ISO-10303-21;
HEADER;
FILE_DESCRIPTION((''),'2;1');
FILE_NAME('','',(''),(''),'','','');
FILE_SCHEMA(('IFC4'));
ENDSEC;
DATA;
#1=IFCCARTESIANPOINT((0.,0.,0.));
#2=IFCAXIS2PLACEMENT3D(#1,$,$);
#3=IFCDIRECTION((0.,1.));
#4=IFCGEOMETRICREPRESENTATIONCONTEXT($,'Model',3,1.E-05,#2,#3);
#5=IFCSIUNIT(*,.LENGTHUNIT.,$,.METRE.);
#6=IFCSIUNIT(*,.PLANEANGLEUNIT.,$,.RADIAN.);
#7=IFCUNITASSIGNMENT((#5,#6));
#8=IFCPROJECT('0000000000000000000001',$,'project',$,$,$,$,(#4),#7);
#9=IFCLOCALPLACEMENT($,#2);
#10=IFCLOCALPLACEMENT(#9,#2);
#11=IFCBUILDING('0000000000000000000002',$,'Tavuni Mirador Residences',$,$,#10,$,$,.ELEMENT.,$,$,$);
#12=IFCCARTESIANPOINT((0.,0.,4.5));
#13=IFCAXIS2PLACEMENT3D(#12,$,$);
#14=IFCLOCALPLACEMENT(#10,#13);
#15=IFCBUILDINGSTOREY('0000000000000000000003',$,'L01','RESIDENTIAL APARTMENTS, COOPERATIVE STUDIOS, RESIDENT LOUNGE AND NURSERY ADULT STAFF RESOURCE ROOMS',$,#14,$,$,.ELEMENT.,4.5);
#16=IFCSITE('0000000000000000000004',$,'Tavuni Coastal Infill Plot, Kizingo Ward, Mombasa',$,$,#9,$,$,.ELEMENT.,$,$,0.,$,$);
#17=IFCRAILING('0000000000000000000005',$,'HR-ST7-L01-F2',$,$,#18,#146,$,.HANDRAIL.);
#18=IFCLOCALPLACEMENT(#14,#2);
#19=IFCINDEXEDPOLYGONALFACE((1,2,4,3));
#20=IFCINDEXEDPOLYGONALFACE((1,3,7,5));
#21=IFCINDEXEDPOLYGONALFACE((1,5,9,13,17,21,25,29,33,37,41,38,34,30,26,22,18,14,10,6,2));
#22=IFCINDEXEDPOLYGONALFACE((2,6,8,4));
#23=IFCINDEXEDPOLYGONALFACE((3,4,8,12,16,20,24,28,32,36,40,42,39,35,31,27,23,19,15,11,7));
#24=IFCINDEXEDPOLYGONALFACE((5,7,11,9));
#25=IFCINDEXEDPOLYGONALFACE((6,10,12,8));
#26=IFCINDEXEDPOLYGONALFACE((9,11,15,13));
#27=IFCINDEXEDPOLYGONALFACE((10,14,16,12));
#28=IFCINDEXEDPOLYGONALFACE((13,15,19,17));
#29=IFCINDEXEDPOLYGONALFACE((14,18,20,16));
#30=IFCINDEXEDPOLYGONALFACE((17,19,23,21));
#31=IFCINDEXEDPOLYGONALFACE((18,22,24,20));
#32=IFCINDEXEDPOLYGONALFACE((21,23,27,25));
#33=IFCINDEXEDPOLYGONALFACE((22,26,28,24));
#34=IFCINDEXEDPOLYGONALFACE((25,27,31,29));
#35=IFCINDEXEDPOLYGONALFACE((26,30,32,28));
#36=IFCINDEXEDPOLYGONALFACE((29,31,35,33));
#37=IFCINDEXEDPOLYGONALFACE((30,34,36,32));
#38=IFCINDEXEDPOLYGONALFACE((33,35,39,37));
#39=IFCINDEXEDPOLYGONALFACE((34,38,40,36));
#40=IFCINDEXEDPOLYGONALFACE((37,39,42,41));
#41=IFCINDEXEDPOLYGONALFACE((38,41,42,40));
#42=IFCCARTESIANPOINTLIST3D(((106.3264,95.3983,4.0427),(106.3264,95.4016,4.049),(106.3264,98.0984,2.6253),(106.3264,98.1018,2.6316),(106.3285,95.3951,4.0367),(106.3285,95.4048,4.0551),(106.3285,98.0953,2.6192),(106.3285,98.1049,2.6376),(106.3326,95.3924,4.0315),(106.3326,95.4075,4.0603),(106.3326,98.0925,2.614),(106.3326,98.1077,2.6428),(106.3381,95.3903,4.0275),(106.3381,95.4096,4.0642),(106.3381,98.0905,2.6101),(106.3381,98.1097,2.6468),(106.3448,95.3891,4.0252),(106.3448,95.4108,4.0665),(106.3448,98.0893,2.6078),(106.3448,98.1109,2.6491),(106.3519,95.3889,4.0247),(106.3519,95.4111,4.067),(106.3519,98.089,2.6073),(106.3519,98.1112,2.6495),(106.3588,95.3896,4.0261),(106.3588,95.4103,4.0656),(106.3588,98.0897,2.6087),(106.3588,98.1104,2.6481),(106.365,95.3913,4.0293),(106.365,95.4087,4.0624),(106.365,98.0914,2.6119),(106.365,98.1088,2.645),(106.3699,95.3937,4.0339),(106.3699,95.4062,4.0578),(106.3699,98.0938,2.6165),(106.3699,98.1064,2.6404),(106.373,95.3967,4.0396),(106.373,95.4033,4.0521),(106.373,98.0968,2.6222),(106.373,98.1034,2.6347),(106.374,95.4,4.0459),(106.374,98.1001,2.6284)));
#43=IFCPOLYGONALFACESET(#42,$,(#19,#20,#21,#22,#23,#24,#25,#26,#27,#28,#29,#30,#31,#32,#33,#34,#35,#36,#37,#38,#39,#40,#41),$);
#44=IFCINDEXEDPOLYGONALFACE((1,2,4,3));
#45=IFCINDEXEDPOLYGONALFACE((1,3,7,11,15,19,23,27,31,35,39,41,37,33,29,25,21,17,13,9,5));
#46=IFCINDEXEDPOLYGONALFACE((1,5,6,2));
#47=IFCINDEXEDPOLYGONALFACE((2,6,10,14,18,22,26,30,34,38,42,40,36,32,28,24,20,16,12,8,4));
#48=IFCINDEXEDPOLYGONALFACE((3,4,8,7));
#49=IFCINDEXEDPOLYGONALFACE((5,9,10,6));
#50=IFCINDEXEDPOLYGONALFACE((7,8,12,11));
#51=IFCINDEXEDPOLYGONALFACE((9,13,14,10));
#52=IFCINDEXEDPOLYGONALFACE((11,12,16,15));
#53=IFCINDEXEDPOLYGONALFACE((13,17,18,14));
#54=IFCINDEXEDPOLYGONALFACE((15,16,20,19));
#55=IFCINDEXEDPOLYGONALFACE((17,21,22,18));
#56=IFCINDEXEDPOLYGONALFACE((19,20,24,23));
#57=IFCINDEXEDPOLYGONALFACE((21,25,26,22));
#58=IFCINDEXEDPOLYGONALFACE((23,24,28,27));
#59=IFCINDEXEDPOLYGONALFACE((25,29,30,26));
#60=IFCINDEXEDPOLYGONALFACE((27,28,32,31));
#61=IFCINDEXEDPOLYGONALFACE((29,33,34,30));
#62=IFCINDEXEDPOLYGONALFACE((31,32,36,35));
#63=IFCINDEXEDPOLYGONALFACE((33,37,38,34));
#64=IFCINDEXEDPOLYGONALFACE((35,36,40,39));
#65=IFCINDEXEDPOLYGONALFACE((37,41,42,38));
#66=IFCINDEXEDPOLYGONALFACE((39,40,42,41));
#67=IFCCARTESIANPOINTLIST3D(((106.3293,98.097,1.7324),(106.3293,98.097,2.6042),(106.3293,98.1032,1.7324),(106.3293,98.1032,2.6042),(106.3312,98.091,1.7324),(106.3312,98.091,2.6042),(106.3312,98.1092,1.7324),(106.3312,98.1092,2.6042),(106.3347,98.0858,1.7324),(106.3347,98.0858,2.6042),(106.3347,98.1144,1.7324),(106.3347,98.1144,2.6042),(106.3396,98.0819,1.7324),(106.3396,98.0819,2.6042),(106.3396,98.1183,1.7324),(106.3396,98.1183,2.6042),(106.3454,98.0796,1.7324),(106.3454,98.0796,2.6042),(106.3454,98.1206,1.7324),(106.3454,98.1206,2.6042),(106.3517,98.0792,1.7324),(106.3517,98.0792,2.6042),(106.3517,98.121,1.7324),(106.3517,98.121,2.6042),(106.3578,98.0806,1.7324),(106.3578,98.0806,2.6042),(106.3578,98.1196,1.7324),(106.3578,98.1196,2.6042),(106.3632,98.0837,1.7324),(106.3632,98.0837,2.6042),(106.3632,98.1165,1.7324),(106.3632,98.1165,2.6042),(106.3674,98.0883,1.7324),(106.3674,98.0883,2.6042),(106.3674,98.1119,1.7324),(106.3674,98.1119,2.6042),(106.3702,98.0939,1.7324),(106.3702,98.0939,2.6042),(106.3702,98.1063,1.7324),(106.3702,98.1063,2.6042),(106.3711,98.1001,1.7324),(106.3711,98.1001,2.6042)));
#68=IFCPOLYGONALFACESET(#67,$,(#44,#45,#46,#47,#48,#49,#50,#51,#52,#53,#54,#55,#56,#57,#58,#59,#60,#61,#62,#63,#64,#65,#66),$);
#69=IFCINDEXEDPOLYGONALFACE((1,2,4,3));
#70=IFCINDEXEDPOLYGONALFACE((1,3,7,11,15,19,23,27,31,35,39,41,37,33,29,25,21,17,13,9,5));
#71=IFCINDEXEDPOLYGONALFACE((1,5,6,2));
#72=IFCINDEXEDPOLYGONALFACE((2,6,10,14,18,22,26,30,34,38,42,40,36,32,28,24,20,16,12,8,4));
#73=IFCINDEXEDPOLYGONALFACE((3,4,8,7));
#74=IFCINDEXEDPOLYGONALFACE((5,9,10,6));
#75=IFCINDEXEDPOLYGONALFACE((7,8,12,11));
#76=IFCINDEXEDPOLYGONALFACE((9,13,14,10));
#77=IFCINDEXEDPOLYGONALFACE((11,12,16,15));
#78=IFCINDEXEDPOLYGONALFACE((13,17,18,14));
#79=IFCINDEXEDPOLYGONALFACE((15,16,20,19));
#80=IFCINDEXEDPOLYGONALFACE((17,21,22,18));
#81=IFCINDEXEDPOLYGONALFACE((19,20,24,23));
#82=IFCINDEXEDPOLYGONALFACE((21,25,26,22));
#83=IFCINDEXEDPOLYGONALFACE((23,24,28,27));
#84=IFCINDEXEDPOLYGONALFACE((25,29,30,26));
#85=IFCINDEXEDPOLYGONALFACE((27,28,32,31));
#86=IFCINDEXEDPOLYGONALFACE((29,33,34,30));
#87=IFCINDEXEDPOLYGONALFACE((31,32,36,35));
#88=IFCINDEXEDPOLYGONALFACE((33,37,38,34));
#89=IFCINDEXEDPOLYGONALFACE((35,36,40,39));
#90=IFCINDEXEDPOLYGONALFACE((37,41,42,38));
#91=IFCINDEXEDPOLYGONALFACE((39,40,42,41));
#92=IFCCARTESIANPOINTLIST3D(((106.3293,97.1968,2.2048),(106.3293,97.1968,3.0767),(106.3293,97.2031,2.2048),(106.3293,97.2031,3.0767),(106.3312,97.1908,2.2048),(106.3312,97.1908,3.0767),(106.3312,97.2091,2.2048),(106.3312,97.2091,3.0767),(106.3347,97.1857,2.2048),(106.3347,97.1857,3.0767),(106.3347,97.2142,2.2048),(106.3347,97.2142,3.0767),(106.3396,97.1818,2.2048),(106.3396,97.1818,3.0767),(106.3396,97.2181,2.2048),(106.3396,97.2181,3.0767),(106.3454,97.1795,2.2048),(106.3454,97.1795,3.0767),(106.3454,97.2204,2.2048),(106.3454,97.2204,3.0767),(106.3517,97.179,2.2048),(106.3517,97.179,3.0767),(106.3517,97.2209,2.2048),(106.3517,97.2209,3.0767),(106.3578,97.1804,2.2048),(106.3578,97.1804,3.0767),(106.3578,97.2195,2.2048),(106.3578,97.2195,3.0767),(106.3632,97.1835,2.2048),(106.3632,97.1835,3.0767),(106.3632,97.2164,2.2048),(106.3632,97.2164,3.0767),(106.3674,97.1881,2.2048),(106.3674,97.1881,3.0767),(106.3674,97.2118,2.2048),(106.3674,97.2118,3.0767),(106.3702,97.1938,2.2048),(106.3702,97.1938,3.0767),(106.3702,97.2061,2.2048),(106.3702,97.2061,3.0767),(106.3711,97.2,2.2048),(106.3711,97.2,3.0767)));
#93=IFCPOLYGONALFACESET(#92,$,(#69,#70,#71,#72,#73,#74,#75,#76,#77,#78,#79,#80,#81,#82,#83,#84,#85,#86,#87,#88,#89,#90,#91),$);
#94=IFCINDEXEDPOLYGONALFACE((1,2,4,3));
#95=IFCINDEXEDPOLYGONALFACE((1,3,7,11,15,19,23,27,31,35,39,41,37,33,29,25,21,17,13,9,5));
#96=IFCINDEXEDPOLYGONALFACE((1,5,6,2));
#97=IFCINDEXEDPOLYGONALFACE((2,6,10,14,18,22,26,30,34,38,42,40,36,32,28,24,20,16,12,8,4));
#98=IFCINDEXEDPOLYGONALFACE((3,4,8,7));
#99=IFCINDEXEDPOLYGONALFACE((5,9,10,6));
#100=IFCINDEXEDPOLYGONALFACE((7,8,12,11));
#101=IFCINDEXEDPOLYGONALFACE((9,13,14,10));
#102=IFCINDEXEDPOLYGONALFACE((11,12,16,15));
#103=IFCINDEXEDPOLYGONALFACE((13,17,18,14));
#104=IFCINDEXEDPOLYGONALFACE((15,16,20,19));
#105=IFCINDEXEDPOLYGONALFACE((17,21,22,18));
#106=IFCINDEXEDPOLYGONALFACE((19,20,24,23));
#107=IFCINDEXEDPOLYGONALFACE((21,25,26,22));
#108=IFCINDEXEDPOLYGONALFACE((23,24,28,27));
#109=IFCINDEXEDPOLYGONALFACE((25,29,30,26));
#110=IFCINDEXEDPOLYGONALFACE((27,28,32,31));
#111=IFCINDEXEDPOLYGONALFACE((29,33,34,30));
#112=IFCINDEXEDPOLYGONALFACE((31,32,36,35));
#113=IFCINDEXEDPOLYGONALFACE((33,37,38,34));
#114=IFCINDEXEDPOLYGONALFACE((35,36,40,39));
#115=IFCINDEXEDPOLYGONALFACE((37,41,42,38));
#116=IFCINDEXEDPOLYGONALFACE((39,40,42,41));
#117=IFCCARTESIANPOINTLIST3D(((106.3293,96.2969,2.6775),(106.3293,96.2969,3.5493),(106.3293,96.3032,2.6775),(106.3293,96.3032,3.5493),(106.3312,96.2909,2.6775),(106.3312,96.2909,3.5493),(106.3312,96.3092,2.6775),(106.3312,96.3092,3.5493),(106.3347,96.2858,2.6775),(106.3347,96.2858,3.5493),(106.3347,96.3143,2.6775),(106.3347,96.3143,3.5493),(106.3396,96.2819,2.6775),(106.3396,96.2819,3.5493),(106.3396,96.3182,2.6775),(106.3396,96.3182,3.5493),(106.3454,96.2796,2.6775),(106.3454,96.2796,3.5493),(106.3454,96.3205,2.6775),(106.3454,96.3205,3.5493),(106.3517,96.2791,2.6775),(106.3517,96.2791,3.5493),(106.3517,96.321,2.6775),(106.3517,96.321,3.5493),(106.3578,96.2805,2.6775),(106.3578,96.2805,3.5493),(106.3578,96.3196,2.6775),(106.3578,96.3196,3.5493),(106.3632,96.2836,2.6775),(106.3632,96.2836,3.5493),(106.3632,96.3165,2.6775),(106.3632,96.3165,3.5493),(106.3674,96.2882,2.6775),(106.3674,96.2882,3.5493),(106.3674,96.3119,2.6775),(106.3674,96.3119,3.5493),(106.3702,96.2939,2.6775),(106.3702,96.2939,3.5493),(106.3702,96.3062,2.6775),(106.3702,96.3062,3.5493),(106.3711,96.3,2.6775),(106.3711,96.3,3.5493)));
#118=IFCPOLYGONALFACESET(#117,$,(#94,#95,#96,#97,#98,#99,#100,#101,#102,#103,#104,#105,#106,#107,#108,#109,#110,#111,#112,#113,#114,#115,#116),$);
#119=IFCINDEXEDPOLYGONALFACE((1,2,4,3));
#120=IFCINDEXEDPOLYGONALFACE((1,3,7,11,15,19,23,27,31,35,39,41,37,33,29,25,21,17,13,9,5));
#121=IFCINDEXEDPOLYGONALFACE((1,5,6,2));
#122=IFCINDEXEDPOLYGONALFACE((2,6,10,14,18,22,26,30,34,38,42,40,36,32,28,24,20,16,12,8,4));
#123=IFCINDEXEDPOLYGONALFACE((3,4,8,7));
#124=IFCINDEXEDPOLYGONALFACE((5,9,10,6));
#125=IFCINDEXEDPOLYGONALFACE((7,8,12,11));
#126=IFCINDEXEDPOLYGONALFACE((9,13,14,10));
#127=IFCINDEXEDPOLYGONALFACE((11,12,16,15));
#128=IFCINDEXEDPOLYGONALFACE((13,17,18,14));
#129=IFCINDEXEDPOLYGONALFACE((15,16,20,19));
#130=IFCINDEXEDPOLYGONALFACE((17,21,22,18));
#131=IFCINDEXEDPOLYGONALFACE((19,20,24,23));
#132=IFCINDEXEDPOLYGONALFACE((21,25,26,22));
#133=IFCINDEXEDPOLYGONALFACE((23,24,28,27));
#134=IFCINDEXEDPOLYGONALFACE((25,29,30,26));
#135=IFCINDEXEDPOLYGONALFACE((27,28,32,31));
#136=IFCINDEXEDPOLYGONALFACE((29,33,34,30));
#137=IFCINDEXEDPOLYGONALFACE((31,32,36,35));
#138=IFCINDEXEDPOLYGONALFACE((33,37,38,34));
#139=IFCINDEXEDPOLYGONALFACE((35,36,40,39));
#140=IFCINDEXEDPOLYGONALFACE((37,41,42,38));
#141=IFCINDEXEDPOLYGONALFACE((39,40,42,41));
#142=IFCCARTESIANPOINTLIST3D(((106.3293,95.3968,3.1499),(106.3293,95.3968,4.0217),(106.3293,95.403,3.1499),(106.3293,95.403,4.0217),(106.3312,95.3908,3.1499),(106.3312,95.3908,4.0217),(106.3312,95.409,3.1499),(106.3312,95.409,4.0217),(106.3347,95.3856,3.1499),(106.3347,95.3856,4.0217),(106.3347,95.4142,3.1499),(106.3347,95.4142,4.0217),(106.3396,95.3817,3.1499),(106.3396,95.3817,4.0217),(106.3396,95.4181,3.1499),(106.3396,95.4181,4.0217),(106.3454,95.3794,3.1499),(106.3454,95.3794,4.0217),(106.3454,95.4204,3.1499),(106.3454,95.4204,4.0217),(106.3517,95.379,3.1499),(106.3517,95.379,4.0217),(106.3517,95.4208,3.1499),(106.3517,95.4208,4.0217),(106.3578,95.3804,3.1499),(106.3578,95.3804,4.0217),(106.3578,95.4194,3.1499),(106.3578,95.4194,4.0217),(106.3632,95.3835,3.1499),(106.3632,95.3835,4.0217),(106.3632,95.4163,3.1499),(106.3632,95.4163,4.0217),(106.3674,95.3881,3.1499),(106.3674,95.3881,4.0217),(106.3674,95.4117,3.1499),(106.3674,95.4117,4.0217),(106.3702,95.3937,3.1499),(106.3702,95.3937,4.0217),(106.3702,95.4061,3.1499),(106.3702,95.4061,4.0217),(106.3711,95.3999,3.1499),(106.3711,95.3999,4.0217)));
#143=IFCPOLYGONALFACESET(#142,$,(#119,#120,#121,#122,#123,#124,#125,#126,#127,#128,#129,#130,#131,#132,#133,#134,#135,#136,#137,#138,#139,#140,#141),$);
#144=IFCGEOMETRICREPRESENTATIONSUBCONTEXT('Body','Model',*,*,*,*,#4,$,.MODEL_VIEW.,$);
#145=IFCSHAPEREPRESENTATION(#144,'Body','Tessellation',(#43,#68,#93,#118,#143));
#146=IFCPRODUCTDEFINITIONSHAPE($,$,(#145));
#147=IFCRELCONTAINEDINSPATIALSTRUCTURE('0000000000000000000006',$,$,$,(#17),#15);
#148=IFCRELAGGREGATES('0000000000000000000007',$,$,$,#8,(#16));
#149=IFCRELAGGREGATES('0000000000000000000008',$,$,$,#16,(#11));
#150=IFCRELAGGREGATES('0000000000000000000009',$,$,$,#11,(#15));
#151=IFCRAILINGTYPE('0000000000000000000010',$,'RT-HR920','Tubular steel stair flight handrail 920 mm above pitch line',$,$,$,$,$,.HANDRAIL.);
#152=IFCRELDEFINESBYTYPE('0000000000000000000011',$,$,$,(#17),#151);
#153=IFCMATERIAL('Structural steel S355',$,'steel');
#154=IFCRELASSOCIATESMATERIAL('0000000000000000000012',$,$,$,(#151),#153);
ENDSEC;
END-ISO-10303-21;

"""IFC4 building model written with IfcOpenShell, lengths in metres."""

from ifc_helpers import new_model, si_unit, direction, frame, origin, origin_2d, place, context, subcontext, project, spatial, circle, extrude, material, type_object, element, save


model = new_model("IFC4")

# Units and contexts
model_context = context("Model", 3, precision=1e-05, world=origin(), true_north=direction((0.0, 1.0)))
body_context = subcontext(model_context, "Body", "Model", "MODEL_VIEW")
ifc_project = project(units=[si_unit("LENGTHUNIT", "METRE"), si_unit("PLANEANGLEUNIT", "RADIAN")], contexts=[model_context])

# Site, building, storey
site_placement = place(None, origin())
site = spatial("IfcSite", under=ifc_project, at=site_placement, Name="Tavuni Coastal Infill Plot, Kizingo Ward, Mombasa", CompositionType="ELEMENT", RefElevation=0.0)
building_placement = place(site_placement, origin())
building = spatial("IfcBuilding", under=site, at=building_placement, Name="Tavuni Mirador Residences", CompositionType="ELEMENT")
storey_placement = place(building_placement, frame((0.0, 0.0, 4.5)))
storey = spatial("IfcBuildingStorey", under=building, at=storey_placement, Name="L01", Description="RESIDENTIAL APARTMENTS, COOPERATIVE STUDIOS, RESIDENT LOUNGE AND NURSERY ADULT STAFF RESOURCE ROOMS", CompositionType="ELEMENT", Elevation=4.5)

# Shared definitions
ifc_material_1 = material(Name="Structural steel S355", Category="steel")

# Railing
railing_type_1 = type_object("IfcRailingType", Name="RT-HR920", Description="Tubular steel stair flight handrail 920 mm above pitch line", PredefinedType="HANDRAIL", material=ifc_material_1)
railing_1_placement = place(storey_placement, frame((106.3501, 98.1001, 1.7324)))
element("IfcRailing", 1, at=railing_1_placement, inside=storey, type_object=railing_type_1, Name="HR-ST7-L01-F2", PredefinedType="HANDRAIL", context=body_context, shape_type="SweptSolid", body=[
    extrude(circle(Radius=0.0239, at=origin_2d()), frame((0.0, 0.0, 0.896), z_axis=(0.0, -0.885414, 0.464803), x_axis=(1.0, 0.0, 0.0)), (0.0, 0.0, 1.0), 3.0496),
    extrude(circle(Radius=0.021, at=origin_2d()), origin(), (0.0, 0.0, 1.0), 0.8718),
    extrude(circle(Radius=0.021, at=origin_2d()), frame((0.0, -0.9001, 0.4724)), (0.0, 0.0, 1.0), 0.8718),
    extrude(circle(Radius=0.021, at=origin_2d()), frame((0.0, -1.8, 0.9451)), (0.0, 0.0, 1.0), 0.8718),
    extrude(circle(Radius=0.021, at=origin_2d()), frame((0.0, -2.7002, 1.4175)), (0.0, 0.0, 1.0), 0.8718),
])

save(model, "model.ifc")
